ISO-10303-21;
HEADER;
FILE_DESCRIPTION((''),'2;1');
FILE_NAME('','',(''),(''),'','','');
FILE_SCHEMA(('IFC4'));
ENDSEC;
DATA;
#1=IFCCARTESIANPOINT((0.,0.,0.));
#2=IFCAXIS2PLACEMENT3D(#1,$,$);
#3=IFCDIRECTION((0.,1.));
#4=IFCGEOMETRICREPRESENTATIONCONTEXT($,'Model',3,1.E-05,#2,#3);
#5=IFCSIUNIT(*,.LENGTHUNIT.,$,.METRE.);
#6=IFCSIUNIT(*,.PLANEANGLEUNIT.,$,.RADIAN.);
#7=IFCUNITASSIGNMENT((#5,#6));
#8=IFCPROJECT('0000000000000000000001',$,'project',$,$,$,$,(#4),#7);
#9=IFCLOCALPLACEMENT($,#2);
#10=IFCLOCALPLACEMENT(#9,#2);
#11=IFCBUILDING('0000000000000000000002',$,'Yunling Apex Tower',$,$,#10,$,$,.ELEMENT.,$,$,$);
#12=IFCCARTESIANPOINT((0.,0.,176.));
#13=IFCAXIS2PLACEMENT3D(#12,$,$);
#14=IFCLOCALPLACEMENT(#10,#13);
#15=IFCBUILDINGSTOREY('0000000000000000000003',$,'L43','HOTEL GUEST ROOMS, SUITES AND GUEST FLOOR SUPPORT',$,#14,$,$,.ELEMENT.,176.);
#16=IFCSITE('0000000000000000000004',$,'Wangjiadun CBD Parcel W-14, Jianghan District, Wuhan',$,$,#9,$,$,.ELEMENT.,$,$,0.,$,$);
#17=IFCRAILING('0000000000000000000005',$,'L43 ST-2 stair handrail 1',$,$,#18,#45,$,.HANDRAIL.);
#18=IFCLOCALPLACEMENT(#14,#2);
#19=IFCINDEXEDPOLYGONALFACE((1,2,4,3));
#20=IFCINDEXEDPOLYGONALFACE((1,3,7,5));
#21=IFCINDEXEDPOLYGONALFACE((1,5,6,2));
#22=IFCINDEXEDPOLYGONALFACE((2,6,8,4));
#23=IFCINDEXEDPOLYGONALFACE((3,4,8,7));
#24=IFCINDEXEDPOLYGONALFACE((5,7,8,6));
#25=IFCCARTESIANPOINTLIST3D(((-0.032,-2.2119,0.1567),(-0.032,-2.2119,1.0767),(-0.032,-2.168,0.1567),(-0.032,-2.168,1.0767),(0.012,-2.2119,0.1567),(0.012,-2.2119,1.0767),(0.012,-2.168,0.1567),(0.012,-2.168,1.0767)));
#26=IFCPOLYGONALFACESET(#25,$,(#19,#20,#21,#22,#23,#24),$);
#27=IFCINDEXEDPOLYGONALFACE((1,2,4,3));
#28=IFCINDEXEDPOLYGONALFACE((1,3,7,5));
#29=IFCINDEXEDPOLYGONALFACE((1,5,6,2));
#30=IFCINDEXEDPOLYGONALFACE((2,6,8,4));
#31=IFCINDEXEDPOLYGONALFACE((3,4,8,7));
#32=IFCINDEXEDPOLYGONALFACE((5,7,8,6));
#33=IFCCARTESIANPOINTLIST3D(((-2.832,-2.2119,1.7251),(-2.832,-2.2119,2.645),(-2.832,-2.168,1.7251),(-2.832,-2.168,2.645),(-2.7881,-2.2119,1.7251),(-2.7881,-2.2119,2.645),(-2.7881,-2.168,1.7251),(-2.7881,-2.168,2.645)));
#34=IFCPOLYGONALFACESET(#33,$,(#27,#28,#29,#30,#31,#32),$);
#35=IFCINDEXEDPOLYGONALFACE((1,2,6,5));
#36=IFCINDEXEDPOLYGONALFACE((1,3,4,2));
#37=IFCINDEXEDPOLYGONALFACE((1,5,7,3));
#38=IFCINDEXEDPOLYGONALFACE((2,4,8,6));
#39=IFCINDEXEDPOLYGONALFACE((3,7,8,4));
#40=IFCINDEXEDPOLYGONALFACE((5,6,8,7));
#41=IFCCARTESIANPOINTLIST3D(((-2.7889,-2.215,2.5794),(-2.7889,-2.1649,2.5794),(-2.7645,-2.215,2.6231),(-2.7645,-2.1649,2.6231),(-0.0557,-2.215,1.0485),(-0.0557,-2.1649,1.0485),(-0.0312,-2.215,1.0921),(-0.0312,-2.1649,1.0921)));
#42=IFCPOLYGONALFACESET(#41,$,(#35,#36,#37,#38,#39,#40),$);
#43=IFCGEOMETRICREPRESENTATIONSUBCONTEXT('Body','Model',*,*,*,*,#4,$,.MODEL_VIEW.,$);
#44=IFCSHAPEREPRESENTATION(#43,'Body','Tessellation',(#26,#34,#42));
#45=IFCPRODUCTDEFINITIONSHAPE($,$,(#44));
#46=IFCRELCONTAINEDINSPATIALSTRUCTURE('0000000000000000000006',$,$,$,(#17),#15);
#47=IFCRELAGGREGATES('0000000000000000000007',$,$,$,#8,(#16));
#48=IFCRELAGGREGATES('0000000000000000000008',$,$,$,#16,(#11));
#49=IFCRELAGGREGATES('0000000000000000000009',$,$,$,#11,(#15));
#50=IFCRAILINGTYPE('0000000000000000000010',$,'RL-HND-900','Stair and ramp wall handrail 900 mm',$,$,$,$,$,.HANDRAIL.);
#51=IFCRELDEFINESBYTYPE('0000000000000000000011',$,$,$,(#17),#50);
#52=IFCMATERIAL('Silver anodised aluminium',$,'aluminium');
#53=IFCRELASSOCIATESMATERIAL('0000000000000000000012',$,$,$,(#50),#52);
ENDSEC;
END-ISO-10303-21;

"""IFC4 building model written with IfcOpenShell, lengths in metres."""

from ifc_helpers import new_model, si_unit, direction, frame, origin, origin_2d, place, context, subcontext, project, spatial, rectangle, extrude, material, type_object, element, save


model = new_model("IFC4")

# Units and contexts
model_context = context("Model", 3, precision=1e-05, world=origin(), true_north=direction((0.0, 1.0)))
body_context = subcontext(model_context, "Body", "Model", "MODEL_VIEW")
ifc_project = project(units=[si_unit("LENGTHUNIT", "METRE"), si_unit("PLANEANGLEUNIT", "RADIAN")], contexts=[model_context])

# Site, building, storey
site_placement = place(None, origin())
site = spatial("IfcSite", under=ifc_project, at=site_placement, Name="Wangjiadun CBD Parcel W-14, Jianghan District, Wuhan", CompositionType="ELEMENT", RefElevation=0.0)
building_placement = place(site_placement, origin())
building = spatial("IfcBuilding", under=site, at=building_placement, Name="Yunling Apex Tower", CompositionType="ELEMENT")
storey_placement = place(building_placement, frame((0.0, 0.0, 176.0)))
storey = spatial("IfcBuildingStorey", under=building, at=storey_placement, Name="L43", Description="HOTEL GUEST ROOMS, SUITES AND GUEST FLOOR SUPPORT", CompositionType="ELEMENT", Elevation=176.0)

# Railing
ifc_material_1 = material(Name="Silver anodised aluminium", Category="aluminium")
railing_type_1 = type_object("IfcRailingType", Name="RL-HND-900", Description="Stair and ramp wall handrail 900 mm", PredefinedType="HANDRAIL", material=ifc_material_1)
railing_1_placement = place(storey_placement, frame((-0.01, -2.1899, 0.1567)))
element("IfcRailing", 1, at=railing_1_placement, inside=storey, type_object=railing_type_1, Name="L43 ST-2 stair handrail 1", PredefinedType="HANDRAIL", context=body_context, shape_type="SweptSolid", body=[
    extrude(rectangle(XDim=0.0439, YDim=0.0439, at=origin_2d()), origin(), (0.0, 0.0, 1.0), 0.9199),
    extrude(rectangle(XDim=0.0439, YDim=0.0439, at=origin_2d()), frame((-2.8, 0.0, 1.5684)), (0.0, 0.0, 1.0), 0.9199),
    extrude(rectangle(XDim=0.05, YDim=0.05, at=origin_2d()), frame((-0.0334, 0.0, 0.9136), z_axis=(-0.872462, 0.0, 0.488682), x_axis=(0.0, -1.0, 0.0)), (0.0, 0.0, 1.0), 3.1328),
])

save(model, "model.ifc")
